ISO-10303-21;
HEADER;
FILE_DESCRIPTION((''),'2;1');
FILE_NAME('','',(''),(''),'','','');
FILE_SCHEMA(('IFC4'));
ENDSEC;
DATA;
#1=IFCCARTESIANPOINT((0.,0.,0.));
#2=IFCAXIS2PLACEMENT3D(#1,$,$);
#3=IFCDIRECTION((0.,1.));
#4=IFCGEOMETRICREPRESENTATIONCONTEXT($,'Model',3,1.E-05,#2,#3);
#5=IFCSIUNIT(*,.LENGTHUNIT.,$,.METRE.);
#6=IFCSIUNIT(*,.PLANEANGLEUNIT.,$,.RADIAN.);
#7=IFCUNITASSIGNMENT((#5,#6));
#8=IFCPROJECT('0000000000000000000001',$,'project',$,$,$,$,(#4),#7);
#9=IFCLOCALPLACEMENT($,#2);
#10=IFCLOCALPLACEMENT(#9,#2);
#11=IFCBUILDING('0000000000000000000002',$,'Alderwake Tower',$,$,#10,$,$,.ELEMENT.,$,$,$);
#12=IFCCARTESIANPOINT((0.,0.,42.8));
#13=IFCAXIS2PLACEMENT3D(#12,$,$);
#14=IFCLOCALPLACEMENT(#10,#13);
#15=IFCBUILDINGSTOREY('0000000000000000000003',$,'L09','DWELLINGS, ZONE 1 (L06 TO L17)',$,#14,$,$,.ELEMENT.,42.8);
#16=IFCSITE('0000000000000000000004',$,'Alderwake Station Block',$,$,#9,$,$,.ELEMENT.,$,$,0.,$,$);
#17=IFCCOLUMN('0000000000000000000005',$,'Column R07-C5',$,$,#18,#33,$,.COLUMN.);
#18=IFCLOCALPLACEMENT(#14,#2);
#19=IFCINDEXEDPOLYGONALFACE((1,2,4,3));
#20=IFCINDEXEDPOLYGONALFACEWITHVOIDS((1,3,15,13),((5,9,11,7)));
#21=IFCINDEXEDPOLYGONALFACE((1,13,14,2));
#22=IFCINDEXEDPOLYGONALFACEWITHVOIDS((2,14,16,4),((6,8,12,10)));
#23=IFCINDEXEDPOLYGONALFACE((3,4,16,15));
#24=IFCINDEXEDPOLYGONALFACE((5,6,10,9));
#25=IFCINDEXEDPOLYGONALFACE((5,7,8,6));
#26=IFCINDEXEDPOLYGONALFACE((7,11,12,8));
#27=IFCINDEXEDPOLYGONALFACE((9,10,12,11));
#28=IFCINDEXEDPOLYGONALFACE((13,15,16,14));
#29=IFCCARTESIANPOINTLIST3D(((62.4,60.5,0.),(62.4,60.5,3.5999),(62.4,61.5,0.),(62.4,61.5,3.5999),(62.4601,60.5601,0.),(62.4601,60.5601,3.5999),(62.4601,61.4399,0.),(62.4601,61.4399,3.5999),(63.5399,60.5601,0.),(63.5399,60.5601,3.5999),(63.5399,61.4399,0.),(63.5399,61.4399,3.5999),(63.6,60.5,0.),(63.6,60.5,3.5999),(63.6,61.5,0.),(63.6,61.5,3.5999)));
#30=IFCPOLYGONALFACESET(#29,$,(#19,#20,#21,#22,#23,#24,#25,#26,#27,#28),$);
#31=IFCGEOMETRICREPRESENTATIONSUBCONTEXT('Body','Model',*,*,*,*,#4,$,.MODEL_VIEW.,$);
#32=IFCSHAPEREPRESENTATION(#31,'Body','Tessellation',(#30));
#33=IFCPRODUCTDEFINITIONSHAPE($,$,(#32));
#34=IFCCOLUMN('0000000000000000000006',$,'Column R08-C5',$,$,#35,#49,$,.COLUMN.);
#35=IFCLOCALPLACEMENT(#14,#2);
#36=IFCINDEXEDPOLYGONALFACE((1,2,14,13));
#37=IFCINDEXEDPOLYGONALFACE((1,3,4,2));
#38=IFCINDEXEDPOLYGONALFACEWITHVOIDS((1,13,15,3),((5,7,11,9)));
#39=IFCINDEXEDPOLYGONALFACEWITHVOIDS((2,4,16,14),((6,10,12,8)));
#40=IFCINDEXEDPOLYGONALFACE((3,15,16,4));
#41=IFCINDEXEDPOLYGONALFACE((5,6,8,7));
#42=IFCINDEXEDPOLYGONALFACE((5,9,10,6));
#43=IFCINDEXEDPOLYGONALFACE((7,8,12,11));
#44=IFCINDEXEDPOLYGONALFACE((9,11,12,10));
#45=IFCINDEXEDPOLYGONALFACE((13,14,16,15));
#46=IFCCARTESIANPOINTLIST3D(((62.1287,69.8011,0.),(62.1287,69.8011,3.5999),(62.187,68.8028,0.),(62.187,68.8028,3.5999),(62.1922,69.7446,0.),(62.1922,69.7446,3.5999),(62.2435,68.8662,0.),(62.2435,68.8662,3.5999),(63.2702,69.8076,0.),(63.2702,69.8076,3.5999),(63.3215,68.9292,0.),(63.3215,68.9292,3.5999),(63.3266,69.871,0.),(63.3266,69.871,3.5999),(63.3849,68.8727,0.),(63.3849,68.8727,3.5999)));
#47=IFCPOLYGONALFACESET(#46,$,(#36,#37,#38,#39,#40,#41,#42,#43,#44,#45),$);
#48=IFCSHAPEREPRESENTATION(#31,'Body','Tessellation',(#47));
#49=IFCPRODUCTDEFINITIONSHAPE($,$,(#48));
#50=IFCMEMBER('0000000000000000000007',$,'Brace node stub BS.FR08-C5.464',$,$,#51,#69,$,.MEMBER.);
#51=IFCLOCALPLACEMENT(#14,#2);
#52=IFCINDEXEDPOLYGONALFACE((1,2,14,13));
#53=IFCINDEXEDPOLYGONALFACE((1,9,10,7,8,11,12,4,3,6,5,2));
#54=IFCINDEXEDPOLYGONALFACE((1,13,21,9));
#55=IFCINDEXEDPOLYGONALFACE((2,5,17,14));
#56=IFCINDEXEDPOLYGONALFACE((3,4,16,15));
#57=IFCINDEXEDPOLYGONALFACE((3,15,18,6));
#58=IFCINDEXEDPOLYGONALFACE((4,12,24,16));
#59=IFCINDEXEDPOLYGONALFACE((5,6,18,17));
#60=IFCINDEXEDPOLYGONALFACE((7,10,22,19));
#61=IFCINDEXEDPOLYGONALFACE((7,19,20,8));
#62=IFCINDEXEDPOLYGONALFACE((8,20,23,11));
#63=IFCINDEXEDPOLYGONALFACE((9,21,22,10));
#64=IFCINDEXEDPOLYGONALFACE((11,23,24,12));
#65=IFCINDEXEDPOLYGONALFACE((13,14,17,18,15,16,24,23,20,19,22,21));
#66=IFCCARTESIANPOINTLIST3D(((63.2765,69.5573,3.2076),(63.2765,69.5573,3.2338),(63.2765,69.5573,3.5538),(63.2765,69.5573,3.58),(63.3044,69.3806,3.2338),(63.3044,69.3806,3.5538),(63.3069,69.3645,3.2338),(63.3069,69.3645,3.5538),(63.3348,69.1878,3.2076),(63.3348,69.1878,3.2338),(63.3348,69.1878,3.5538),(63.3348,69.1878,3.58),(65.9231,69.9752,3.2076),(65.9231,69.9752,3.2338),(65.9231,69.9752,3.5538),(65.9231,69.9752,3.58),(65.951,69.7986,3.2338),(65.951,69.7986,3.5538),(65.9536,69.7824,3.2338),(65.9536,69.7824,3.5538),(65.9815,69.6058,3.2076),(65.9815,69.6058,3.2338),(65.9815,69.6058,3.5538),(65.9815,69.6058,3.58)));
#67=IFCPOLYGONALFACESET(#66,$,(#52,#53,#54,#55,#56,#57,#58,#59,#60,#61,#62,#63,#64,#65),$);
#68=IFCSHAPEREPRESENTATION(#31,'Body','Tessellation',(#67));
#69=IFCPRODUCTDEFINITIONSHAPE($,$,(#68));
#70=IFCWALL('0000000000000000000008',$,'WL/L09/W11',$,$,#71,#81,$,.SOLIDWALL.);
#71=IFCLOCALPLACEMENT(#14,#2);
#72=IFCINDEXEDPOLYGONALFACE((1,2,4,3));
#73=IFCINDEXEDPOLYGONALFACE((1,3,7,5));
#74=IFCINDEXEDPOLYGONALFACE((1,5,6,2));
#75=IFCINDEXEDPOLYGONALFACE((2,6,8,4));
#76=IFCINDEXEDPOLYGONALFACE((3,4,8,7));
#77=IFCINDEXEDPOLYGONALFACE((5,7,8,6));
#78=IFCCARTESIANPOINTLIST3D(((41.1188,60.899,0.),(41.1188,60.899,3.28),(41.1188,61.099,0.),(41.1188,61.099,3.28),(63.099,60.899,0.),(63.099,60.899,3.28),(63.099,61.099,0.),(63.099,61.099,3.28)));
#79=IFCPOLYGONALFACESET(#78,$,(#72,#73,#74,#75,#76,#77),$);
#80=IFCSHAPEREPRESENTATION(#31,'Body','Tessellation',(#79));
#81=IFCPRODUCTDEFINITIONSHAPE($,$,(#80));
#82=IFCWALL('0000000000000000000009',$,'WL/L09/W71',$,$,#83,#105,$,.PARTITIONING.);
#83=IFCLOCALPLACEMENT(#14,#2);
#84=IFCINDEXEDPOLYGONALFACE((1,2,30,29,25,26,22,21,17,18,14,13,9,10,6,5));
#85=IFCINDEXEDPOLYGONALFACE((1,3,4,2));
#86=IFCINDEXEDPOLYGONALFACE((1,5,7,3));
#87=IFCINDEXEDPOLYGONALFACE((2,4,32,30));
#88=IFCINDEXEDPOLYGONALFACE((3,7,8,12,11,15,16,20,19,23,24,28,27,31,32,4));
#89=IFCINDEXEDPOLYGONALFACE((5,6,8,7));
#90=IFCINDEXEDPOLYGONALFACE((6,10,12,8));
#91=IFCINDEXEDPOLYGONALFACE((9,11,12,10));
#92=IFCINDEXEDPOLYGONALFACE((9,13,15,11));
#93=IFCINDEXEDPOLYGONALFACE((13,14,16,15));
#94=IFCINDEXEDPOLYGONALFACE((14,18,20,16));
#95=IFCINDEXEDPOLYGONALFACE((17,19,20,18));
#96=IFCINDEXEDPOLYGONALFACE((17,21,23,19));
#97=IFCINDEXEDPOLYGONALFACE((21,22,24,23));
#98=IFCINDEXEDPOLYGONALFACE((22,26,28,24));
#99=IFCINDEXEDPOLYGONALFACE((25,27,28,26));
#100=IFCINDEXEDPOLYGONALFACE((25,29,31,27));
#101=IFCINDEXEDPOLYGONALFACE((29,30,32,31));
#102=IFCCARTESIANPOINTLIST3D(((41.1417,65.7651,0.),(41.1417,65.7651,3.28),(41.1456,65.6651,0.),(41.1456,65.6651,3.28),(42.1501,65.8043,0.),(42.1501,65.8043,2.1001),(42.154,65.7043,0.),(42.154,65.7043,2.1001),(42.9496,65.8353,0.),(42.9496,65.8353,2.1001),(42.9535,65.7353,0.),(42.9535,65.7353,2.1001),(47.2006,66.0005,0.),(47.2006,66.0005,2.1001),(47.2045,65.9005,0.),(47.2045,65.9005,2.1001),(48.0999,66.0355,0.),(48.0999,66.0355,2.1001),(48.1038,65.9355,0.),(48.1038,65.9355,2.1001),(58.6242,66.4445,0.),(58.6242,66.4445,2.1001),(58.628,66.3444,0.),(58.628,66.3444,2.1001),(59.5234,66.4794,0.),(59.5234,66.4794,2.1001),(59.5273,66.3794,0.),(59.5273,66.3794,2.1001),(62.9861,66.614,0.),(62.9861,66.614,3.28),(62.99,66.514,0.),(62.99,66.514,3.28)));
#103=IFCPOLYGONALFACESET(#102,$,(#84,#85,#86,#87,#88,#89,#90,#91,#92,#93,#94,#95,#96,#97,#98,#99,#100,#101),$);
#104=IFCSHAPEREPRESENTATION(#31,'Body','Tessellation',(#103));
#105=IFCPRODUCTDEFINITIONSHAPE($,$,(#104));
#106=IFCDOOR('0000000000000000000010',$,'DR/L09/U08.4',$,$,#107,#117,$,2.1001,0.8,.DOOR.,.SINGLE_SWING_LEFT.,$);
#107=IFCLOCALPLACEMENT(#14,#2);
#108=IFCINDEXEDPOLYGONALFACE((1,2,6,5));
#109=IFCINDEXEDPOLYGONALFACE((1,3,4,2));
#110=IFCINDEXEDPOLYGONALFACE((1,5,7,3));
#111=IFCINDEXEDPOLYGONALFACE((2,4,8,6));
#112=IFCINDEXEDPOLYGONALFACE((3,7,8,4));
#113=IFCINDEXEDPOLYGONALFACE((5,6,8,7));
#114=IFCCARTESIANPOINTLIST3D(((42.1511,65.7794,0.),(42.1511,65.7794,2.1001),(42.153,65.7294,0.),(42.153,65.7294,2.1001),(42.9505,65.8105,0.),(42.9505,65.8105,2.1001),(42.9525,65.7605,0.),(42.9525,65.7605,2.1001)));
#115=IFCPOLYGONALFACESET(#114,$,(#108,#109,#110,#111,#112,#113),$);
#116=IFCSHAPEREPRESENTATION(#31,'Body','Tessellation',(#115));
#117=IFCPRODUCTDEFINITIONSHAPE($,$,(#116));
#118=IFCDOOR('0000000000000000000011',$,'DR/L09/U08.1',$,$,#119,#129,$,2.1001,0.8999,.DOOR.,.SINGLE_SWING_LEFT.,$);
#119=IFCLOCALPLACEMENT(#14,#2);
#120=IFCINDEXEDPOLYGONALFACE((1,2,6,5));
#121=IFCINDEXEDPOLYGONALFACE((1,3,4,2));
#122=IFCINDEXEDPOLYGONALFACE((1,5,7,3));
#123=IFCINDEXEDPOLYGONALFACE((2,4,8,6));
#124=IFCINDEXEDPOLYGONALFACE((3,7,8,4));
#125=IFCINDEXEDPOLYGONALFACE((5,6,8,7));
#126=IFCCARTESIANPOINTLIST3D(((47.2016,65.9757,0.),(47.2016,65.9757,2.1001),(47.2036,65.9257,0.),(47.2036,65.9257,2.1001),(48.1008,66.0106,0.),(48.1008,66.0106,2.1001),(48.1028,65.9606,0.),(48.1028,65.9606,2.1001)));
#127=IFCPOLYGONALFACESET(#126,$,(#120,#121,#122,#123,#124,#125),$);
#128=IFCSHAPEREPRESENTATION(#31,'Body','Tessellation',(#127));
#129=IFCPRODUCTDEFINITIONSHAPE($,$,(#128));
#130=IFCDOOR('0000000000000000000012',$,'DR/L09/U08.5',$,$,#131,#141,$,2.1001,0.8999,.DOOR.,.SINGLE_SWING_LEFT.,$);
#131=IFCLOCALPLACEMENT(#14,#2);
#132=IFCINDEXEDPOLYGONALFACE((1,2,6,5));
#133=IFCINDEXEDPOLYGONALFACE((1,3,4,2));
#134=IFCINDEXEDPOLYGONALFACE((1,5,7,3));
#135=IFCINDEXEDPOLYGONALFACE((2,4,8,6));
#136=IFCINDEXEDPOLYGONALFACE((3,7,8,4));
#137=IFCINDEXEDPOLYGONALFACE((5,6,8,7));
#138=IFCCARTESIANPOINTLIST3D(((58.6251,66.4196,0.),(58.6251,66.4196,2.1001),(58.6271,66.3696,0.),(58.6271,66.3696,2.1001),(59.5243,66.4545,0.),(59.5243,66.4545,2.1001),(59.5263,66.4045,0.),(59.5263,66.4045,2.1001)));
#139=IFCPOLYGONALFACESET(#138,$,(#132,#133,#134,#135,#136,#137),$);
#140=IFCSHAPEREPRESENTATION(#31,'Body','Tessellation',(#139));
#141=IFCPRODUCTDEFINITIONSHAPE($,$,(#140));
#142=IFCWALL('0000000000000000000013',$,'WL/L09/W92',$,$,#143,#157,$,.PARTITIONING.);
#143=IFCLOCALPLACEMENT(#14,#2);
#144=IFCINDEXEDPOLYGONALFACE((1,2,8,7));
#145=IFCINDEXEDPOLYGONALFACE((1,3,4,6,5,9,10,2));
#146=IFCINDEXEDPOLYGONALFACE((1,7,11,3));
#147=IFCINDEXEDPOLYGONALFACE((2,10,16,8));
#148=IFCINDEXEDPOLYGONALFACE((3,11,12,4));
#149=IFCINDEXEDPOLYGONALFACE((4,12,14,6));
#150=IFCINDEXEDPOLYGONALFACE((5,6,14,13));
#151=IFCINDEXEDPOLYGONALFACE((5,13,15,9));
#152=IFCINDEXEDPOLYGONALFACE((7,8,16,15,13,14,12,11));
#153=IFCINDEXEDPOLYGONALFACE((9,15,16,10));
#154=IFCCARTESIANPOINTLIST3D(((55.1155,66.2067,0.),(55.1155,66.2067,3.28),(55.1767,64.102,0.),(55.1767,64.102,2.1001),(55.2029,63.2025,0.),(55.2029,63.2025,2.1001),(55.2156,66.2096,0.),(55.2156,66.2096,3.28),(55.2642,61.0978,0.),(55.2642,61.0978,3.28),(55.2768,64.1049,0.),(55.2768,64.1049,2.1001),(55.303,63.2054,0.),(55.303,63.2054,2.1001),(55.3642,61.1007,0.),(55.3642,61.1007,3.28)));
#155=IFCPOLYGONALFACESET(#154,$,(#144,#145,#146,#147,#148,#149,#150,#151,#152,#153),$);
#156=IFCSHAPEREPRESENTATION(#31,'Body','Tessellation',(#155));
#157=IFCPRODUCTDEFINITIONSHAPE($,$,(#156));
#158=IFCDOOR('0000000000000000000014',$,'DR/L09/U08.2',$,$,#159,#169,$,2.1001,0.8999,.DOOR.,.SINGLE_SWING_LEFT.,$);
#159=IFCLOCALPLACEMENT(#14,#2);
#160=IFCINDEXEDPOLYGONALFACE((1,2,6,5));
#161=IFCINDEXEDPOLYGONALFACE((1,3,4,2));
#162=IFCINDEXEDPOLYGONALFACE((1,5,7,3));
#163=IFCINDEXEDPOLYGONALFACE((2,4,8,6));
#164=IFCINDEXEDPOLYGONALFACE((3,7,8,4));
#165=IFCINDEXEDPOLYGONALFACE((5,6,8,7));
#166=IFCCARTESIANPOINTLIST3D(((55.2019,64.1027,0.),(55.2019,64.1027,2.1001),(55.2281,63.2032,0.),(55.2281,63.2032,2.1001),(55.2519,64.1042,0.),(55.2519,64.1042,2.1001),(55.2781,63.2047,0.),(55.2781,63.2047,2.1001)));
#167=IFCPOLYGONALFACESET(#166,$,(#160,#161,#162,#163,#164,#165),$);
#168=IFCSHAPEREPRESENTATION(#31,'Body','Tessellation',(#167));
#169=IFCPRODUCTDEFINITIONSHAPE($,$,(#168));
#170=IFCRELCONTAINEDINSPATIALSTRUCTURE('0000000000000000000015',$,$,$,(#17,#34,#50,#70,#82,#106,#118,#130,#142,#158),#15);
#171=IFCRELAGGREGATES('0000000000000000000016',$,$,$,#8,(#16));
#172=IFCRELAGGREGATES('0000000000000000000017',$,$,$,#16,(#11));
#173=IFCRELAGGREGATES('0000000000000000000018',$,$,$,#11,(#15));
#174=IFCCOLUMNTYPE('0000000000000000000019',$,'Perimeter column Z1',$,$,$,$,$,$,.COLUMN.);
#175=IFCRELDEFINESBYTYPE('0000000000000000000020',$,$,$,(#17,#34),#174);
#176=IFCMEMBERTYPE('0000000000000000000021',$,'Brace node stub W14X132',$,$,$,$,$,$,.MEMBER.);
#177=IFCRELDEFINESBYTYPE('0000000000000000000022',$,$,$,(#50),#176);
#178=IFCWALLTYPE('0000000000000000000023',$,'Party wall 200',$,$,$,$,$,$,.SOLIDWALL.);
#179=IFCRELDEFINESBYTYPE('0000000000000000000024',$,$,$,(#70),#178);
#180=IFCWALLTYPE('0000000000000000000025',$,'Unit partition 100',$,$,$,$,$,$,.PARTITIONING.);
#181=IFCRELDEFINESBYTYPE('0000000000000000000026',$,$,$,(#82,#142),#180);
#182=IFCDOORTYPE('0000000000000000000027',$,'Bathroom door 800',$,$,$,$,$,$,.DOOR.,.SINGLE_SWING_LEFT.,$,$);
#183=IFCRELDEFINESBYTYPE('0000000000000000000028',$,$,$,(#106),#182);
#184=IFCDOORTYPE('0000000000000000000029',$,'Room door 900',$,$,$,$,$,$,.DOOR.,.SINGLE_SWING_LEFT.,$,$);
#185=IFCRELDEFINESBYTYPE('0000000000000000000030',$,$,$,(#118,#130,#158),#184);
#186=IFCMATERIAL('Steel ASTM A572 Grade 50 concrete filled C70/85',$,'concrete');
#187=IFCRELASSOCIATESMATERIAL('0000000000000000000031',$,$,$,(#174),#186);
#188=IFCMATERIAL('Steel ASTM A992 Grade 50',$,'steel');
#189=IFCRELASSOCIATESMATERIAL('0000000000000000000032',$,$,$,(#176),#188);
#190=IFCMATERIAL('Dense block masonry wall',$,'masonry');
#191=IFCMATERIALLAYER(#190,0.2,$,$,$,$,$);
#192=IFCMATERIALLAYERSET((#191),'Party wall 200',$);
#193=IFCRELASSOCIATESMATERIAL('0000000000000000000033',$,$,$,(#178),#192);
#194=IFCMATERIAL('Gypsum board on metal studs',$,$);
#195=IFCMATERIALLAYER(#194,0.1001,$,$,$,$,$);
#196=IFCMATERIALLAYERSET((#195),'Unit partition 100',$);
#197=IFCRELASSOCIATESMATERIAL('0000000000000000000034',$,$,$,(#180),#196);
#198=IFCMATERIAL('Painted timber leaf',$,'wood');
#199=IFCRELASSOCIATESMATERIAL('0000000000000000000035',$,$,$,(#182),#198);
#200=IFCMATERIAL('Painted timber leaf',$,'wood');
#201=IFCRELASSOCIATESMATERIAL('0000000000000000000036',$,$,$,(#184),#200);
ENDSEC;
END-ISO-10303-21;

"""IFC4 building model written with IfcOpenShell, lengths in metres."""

from ifc_helpers import new_model, si_unit, direction, frame, frame_2d, origin, origin_2d, place, context, subcontext, project, spatial, rectangle, hollow_rectangle, i_section, extrude, material, layer, layer_set, material_profile, profile_set, type_object, element, fill, save


model = new_model("IFC4")

# Units and contexts
model_context = context("Model", 3, precision=1e-05, world=origin(), true_north=direction((0.0, 1.0)))
body_context = subcontext(model_context, "Body", "Model", "MODEL_VIEW")
ifc_project = project(units=[si_unit("LENGTHUNIT", "METRE"), si_unit("PLANEANGLEUNIT", "RADIAN")], contexts=[model_context])

# Site, building, storey
site_placement = place(None, origin())
site = spatial("IfcSite", under=ifc_project, at=site_placement, Name="Alderwake Station Block", CompositionType="ELEMENT", RefElevation=0.0)
building_placement = place(site_placement, origin())
building = spatial("IfcBuilding", under=site, at=building_placement, Name="Alderwake Tower", CompositionType="ELEMENT")
storey_placement = place(building_placement, frame((0.0, 0.0, 42.8)))
storey = spatial("IfcBuildingStorey", under=building, at=storey_placement, Name="L09", Description="DWELLINGS, ZONE 1 (L06 TO L17)", CompositionType="ELEMENT", Elevation=42.8)

# Columns
ifc_material_1 = material(Name="Steel ASTM A572 Grade 50 concrete filled C70/85", Category="concrete")
ifc_material_profile_1 = material_profile(ifc_material_1, hollow_rectangle(XDim=1.0, YDim=1.2, WallThickness=0.0601, at=origin_2d()), Name="BOX 1200X1000X60")
ifc_profile_set_1 = profile_set([ifc_material_profile_1], Name="Steel ASTM A572 Grade 50 concrete filled C70/85")
column_type = type_object("IfcColumnType", Name="Perimeter column Z1", PredefinedType="COLUMN", material=ifc_profile_set_1)
for number, where, z_axis, x_axis, name in (
    (1, (63.0, 61.0, 0.0), (0.0, 0.0, 1.0), (0.0, 1.0, 0.0), "Column R07-C5"),
    (2, (62.7568, 69.3369, 0.0), (0.0, 0.0, 1.0), (-0.058299, 0.998299, 0.0), "Column R08-C5"),
):
    element("IfcColumn", number, at=place(storey_placement, frame(where, z_axis=z_axis, x_axis=x_axis)), inside=storey, type_object=column_type, Name=name, PredefinedType="COLUMN", context=body_context, shape_type="SweptSolid", body=[
        extrude(hollow_rectangle(XDim=1.0, YDim=1.2, WallThickness=0.0601, at=origin_2d()), origin(), (0.0, 0.0, 1.0), 3.5999),
    ])

# Member
ifc_material_2 = material(Name="Steel ASTM A992 Grade 50", Category="steel")
ifc_material_profile_2 = material_profile(ifc_material_2, i_section(OverallWidth=0.374, OverallDepth=0.3723, WebThickness=0.0164, FlangeThickness=0.0261, at=origin_2d()), Name="W14X132")
ifc_profile_set_2 = profile_set([ifc_material_profile_2], Name="Steel ASTM A992 Grade 50")
member_type = type_object("IfcMemberType", Name="Brace node stub W14X132", PredefinedType="MEMBER", material=ifc_profile_set_2)
member_placement = place(storey_placement, frame((63.3057, 69.3726, 3.3938), z_axis=(0.987759, 0.155986, 0.0), x_axis=(-0.155986, 0.987759, 0.0)))
element("IfcMember", 3, at=member_placement, inside=storey, type_object=member_type, Name="Brace node stub BS.FR08-C5.464", PredefinedType="MEMBER", context=body_context, shape_type="SweptSolid", body=[
    extrude(i_section(OverallWidth=0.374, OverallDepth=0.3723, WebThickness=0.0164, FlangeThickness=0.0261, at=origin_2d()), origin(), (0.0, 0.0, 1.0), 2.6794),
])

# Wall
ifc_material_3 = material(Name="Dense block masonry wall", Category="masonry")
ifc_layer_1 = layer(ifc_material_3, 0.2)
ifc_layer_set_1 = layer_set([ifc_layer_1], Name="Party wall 200")
wall_type_1 = type_object("IfcWallType", Name="Party wall 200", PredefinedType="SOLIDWALL", material=ifc_layer_set_1)
wall_1_placement = place(storey_placement, frame((63.0991, 60.999, 0.0), z_axis=(0.0, 0.0, 1.0), x_axis=(-1.0, 0.0, 0.0)))
element("IfcWall", 4, at=wall_1_placement, inside=storey, type_object=wall_type_1, Name="WL/L09/W11", PredefinedType="SOLIDWALL", context=body_context, shape_type="SweptSolid", body=[
    extrude(rectangle(XDim=21.9802, YDim=0.2, at=frame_2d((10.9902, 0.0))), origin(), (0.0, 0.0, 1.0), 3.28),
])

# Wall, openings, doors
ifc_material_4 = material(Name="Gypsum board on metal studs")
ifc_layer_2 = layer(ifc_material_4, 0.1001)
ifc_layer_set_2 = layer_set([ifc_layer_2], Name="Unit partition 100")
wall_type_2 = type_object("IfcWallType", Name="Unit partition 100", PredefinedType="PARTITIONING", material=ifc_layer_set_2)
wall_2_placement = place(storey_placement, frame((62.988, 66.564, 0.0), z_axis=(0.0, 0.0, 1.0), x_axis=(-0.999246, -0.038831, 0.0)))
wall_2 = element("IfcWall", 5, at=wall_2_placement, inside=storey, type_object=wall_type_2, Name="WL/L09/W71", PredefinedType="PARTITIONING", context=body_context, shape_type="SweptSolid", body=[
    extrude(rectangle(XDim=21.8608, YDim=0.1001, at=frame_2d((10.9304, 0.0))), origin(), (0.0, 0.0, 1.0), 3.28),
])
opening_1_placement = place(wall_2_placement, frame((14.8975, 0.0, 0.0)))
opening_1 = element("IfcOpeningElement", 6, at=opening_1_placement, cuts=wall_2, PredefinedType="OPENING", context=body_context, shape_type="SweptSolid", body=[
    extrude(rectangle(XDim=0.8999, YDim=2.1001, at=frame_2d((0.45, 1.05))), frame((0.0, 0.0601, 0.0), z_axis=(0.0, -1.0, 0.0), x_axis=(1.0, 0.0, 0.0)), (0.0, 0.0, 1.0), 0.1201),
])
opening_2_placement = place(wall_2_placement, frame((20.0518, 0.0, 0.0)))
opening_2 = element("IfcOpeningElement", 7, at=opening_2_placement, cuts=wall_2, PredefinedType="OPENING", context=body_context, shape_type="SweptSolid", body=[
    extrude(rectangle(XDim=0.8, YDim=2.1001, at=frame_2d((0.3999, 1.05))), frame((0.0, 0.0601, 0.0), z_axis=(0.0, -1.0, 0.0), x_axis=(1.0, 0.0, 0.0)), (0.0, 0.0, 1.0), 0.1201),
])
opening_3_placement = place(wall_2_placement, frame((3.4653, 0.0, 0.0)))
opening_3 = element("IfcOpeningElement", 8, at=opening_3_placement, cuts=wall_2, PredefinedType="OPENING", context=body_context, shape_type="SweptSolid", body=[
    extrude(rectangle(XDim=0.8999, YDim=2.1001, at=frame_2d((0.45, 1.05))), frame((0.0, 0.0601, 0.0), z_axis=(0.0, -1.0, 0.0), x_axis=(1.0, 0.0, 0.0)), (0.0, 0.0, 1.0), 0.1201),
])
ifc_material_5 = material(Name="Painted timber leaf", Category="wood")
door_type_1 = type_object("IfcDoorType", Name="Bathroom door 800", OperationType="SINGLE_SWING_LEFT", PredefinedType="DOOR", material=ifc_material_5)
door_1_placement = place(opening_2_placement, origin())
door_1 = element("IfcDoor", 9, at=door_1_placement, inside=storey, type_object=door_type_1, Name="DR/L09/U08.4", OperationType="SINGLE_SWING_LEFT", OverallHeight=2.1001, OverallWidth=0.8, PredefinedType="DOOR", context=body_context, shape_type="SweptSolid", body=[
    extrude(rectangle(XDim=0.8, YDim=2.1001, at=frame_2d((0.3999, 1.05))), frame((0.0, 0.0249, 0.0), z_axis=(0.0, -1.0, 0.0), x_axis=(1.0, 0.0, 0.0)), (0.0, 0.0, 1.0), 0.05),
])
fill(opening_2, door_1)
ifc_material_6 = material(Name="Painted timber leaf", Category="wood")
door_type_2 = type_object("IfcDoorType", Name="Room door 900", OperationType="SINGLE_SWING_LEFT", PredefinedType="DOOR", material=ifc_material_6)
door_2_placement = place(opening_1_placement, origin())
door_2 = element("IfcDoor", 10, at=door_2_placement, inside=storey, type_object=door_type_2, Name="DR/L09/U08.1", OperationType="SINGLE_SWING_LEFT", OverallHeight=2.1001, OverallWidth=0.8999, PredefinedType="DOOR", context=body_context, shape_type="SweptSolid", body=[
    extrude(rectangle(XDim=0.8999, YDim=2.1001, at=frame_2d((0.45, 1.05))), frame((0.0, 0.0249, 0.0), z_axis=(0.0, -1.0, 0.0), x_axis=(1.0, 0.0, 0.0)), (0.0, 0.0, 1.0), 0.05),
])
fill(opening_1, door_2)
door_3_placement = place(opening_3_placement, origin())
door_3 = element("IfcDoor", 11, at=door_3_placement, inside=storey, type_object=door_type_2, Name="DR/L09/U08.5", OperationType="SINGLE_SWING_LEFT", OverallHeight=2.1001, OverallWidth=0.8999, PredefinedType="DOOR", context=body_context, shape_type="SweptSolid", body=[
    extrude(rectangle(XDim=0.8999, YDim=2.1001, at=frame_2d((0.45, 1.05))), frame((0.0, 0.0249, 0.0), z_axis=(0.0, -1.0, 0.0), x_axis=(1.0, 0.0, 0.0)), (0.0, 0.0, 1.0), 0.05),
])
fill(opening_3, door_3)

# Wall, opening, door
wall_3_placement = place(storey_placement, frame((55.3142, 61.0991, 0.0), z_axis=(0.0, 0.0, 1.0), x_axis=(-0.02909, 0.999577, 0.0)))
wall_3 = element("IfcWall", 12, at=wall_3_placement, inside=storey, type_object=wall_type_2, Name="WL/L09/W92", PredefinedType="PARTITIONING", context=body_context, shape_type="SweptSolid", body=[
    extrude(rectangle(XDim=5.1111, YDim=0.1001, at=frame_2d((2.5557, 0.0))), origin(), (0.0, 0.0, 1.0), 3.28),
])
opening_4_placement = place(wall_3_placement, frame((2.1057, 0.0, 0.0)))
opening_4 = element("IfcOpeningElement", 13, at=opening_4_placement, cuts=wall_3, PredefinedType="OPENING", context=body_context, shape_type="SweptSolid", body=[
    extrude(rectangle(XDim=0.8999, YDim=2.1001, at=frame_2d((0.45, 1.05))), frame((0.0, 0.0601, 0.0), z_axis=(0.0, -1.0, 0.0), x_axis=(1.0, 0.0, 0.0)), (0.0, 0.0, 1.0), 0.1201),
])
door_4_placement = place(opening_4_placement, origin())
door_4 = element("IfcDoor", 14, at=door_4_placement, inside=storey, type_object=door_type_2, Name="DR/L09/U08.2", OperationType="SINGLE_SWING_LEFT", OverallHeight=2.1001, OverallWidth=0.8999, PredefinedType="DOOR", context=body_context, shape_type="SweptSolid", body=[
    extrude(rectangle(XDim=0.8999, YDim=2.1001, at=frame_2d((0.45, 1.05))), frame((0.0, 0.0249, 0.0), z_axis=(0.0, -1.0, 0.0), x_axis=(1.0, 0.0, 0.0)), (0.0, 0.0, 1.0), 0.05),
])
fill(opening_4, door_4)

save(model, "model.ifc")
